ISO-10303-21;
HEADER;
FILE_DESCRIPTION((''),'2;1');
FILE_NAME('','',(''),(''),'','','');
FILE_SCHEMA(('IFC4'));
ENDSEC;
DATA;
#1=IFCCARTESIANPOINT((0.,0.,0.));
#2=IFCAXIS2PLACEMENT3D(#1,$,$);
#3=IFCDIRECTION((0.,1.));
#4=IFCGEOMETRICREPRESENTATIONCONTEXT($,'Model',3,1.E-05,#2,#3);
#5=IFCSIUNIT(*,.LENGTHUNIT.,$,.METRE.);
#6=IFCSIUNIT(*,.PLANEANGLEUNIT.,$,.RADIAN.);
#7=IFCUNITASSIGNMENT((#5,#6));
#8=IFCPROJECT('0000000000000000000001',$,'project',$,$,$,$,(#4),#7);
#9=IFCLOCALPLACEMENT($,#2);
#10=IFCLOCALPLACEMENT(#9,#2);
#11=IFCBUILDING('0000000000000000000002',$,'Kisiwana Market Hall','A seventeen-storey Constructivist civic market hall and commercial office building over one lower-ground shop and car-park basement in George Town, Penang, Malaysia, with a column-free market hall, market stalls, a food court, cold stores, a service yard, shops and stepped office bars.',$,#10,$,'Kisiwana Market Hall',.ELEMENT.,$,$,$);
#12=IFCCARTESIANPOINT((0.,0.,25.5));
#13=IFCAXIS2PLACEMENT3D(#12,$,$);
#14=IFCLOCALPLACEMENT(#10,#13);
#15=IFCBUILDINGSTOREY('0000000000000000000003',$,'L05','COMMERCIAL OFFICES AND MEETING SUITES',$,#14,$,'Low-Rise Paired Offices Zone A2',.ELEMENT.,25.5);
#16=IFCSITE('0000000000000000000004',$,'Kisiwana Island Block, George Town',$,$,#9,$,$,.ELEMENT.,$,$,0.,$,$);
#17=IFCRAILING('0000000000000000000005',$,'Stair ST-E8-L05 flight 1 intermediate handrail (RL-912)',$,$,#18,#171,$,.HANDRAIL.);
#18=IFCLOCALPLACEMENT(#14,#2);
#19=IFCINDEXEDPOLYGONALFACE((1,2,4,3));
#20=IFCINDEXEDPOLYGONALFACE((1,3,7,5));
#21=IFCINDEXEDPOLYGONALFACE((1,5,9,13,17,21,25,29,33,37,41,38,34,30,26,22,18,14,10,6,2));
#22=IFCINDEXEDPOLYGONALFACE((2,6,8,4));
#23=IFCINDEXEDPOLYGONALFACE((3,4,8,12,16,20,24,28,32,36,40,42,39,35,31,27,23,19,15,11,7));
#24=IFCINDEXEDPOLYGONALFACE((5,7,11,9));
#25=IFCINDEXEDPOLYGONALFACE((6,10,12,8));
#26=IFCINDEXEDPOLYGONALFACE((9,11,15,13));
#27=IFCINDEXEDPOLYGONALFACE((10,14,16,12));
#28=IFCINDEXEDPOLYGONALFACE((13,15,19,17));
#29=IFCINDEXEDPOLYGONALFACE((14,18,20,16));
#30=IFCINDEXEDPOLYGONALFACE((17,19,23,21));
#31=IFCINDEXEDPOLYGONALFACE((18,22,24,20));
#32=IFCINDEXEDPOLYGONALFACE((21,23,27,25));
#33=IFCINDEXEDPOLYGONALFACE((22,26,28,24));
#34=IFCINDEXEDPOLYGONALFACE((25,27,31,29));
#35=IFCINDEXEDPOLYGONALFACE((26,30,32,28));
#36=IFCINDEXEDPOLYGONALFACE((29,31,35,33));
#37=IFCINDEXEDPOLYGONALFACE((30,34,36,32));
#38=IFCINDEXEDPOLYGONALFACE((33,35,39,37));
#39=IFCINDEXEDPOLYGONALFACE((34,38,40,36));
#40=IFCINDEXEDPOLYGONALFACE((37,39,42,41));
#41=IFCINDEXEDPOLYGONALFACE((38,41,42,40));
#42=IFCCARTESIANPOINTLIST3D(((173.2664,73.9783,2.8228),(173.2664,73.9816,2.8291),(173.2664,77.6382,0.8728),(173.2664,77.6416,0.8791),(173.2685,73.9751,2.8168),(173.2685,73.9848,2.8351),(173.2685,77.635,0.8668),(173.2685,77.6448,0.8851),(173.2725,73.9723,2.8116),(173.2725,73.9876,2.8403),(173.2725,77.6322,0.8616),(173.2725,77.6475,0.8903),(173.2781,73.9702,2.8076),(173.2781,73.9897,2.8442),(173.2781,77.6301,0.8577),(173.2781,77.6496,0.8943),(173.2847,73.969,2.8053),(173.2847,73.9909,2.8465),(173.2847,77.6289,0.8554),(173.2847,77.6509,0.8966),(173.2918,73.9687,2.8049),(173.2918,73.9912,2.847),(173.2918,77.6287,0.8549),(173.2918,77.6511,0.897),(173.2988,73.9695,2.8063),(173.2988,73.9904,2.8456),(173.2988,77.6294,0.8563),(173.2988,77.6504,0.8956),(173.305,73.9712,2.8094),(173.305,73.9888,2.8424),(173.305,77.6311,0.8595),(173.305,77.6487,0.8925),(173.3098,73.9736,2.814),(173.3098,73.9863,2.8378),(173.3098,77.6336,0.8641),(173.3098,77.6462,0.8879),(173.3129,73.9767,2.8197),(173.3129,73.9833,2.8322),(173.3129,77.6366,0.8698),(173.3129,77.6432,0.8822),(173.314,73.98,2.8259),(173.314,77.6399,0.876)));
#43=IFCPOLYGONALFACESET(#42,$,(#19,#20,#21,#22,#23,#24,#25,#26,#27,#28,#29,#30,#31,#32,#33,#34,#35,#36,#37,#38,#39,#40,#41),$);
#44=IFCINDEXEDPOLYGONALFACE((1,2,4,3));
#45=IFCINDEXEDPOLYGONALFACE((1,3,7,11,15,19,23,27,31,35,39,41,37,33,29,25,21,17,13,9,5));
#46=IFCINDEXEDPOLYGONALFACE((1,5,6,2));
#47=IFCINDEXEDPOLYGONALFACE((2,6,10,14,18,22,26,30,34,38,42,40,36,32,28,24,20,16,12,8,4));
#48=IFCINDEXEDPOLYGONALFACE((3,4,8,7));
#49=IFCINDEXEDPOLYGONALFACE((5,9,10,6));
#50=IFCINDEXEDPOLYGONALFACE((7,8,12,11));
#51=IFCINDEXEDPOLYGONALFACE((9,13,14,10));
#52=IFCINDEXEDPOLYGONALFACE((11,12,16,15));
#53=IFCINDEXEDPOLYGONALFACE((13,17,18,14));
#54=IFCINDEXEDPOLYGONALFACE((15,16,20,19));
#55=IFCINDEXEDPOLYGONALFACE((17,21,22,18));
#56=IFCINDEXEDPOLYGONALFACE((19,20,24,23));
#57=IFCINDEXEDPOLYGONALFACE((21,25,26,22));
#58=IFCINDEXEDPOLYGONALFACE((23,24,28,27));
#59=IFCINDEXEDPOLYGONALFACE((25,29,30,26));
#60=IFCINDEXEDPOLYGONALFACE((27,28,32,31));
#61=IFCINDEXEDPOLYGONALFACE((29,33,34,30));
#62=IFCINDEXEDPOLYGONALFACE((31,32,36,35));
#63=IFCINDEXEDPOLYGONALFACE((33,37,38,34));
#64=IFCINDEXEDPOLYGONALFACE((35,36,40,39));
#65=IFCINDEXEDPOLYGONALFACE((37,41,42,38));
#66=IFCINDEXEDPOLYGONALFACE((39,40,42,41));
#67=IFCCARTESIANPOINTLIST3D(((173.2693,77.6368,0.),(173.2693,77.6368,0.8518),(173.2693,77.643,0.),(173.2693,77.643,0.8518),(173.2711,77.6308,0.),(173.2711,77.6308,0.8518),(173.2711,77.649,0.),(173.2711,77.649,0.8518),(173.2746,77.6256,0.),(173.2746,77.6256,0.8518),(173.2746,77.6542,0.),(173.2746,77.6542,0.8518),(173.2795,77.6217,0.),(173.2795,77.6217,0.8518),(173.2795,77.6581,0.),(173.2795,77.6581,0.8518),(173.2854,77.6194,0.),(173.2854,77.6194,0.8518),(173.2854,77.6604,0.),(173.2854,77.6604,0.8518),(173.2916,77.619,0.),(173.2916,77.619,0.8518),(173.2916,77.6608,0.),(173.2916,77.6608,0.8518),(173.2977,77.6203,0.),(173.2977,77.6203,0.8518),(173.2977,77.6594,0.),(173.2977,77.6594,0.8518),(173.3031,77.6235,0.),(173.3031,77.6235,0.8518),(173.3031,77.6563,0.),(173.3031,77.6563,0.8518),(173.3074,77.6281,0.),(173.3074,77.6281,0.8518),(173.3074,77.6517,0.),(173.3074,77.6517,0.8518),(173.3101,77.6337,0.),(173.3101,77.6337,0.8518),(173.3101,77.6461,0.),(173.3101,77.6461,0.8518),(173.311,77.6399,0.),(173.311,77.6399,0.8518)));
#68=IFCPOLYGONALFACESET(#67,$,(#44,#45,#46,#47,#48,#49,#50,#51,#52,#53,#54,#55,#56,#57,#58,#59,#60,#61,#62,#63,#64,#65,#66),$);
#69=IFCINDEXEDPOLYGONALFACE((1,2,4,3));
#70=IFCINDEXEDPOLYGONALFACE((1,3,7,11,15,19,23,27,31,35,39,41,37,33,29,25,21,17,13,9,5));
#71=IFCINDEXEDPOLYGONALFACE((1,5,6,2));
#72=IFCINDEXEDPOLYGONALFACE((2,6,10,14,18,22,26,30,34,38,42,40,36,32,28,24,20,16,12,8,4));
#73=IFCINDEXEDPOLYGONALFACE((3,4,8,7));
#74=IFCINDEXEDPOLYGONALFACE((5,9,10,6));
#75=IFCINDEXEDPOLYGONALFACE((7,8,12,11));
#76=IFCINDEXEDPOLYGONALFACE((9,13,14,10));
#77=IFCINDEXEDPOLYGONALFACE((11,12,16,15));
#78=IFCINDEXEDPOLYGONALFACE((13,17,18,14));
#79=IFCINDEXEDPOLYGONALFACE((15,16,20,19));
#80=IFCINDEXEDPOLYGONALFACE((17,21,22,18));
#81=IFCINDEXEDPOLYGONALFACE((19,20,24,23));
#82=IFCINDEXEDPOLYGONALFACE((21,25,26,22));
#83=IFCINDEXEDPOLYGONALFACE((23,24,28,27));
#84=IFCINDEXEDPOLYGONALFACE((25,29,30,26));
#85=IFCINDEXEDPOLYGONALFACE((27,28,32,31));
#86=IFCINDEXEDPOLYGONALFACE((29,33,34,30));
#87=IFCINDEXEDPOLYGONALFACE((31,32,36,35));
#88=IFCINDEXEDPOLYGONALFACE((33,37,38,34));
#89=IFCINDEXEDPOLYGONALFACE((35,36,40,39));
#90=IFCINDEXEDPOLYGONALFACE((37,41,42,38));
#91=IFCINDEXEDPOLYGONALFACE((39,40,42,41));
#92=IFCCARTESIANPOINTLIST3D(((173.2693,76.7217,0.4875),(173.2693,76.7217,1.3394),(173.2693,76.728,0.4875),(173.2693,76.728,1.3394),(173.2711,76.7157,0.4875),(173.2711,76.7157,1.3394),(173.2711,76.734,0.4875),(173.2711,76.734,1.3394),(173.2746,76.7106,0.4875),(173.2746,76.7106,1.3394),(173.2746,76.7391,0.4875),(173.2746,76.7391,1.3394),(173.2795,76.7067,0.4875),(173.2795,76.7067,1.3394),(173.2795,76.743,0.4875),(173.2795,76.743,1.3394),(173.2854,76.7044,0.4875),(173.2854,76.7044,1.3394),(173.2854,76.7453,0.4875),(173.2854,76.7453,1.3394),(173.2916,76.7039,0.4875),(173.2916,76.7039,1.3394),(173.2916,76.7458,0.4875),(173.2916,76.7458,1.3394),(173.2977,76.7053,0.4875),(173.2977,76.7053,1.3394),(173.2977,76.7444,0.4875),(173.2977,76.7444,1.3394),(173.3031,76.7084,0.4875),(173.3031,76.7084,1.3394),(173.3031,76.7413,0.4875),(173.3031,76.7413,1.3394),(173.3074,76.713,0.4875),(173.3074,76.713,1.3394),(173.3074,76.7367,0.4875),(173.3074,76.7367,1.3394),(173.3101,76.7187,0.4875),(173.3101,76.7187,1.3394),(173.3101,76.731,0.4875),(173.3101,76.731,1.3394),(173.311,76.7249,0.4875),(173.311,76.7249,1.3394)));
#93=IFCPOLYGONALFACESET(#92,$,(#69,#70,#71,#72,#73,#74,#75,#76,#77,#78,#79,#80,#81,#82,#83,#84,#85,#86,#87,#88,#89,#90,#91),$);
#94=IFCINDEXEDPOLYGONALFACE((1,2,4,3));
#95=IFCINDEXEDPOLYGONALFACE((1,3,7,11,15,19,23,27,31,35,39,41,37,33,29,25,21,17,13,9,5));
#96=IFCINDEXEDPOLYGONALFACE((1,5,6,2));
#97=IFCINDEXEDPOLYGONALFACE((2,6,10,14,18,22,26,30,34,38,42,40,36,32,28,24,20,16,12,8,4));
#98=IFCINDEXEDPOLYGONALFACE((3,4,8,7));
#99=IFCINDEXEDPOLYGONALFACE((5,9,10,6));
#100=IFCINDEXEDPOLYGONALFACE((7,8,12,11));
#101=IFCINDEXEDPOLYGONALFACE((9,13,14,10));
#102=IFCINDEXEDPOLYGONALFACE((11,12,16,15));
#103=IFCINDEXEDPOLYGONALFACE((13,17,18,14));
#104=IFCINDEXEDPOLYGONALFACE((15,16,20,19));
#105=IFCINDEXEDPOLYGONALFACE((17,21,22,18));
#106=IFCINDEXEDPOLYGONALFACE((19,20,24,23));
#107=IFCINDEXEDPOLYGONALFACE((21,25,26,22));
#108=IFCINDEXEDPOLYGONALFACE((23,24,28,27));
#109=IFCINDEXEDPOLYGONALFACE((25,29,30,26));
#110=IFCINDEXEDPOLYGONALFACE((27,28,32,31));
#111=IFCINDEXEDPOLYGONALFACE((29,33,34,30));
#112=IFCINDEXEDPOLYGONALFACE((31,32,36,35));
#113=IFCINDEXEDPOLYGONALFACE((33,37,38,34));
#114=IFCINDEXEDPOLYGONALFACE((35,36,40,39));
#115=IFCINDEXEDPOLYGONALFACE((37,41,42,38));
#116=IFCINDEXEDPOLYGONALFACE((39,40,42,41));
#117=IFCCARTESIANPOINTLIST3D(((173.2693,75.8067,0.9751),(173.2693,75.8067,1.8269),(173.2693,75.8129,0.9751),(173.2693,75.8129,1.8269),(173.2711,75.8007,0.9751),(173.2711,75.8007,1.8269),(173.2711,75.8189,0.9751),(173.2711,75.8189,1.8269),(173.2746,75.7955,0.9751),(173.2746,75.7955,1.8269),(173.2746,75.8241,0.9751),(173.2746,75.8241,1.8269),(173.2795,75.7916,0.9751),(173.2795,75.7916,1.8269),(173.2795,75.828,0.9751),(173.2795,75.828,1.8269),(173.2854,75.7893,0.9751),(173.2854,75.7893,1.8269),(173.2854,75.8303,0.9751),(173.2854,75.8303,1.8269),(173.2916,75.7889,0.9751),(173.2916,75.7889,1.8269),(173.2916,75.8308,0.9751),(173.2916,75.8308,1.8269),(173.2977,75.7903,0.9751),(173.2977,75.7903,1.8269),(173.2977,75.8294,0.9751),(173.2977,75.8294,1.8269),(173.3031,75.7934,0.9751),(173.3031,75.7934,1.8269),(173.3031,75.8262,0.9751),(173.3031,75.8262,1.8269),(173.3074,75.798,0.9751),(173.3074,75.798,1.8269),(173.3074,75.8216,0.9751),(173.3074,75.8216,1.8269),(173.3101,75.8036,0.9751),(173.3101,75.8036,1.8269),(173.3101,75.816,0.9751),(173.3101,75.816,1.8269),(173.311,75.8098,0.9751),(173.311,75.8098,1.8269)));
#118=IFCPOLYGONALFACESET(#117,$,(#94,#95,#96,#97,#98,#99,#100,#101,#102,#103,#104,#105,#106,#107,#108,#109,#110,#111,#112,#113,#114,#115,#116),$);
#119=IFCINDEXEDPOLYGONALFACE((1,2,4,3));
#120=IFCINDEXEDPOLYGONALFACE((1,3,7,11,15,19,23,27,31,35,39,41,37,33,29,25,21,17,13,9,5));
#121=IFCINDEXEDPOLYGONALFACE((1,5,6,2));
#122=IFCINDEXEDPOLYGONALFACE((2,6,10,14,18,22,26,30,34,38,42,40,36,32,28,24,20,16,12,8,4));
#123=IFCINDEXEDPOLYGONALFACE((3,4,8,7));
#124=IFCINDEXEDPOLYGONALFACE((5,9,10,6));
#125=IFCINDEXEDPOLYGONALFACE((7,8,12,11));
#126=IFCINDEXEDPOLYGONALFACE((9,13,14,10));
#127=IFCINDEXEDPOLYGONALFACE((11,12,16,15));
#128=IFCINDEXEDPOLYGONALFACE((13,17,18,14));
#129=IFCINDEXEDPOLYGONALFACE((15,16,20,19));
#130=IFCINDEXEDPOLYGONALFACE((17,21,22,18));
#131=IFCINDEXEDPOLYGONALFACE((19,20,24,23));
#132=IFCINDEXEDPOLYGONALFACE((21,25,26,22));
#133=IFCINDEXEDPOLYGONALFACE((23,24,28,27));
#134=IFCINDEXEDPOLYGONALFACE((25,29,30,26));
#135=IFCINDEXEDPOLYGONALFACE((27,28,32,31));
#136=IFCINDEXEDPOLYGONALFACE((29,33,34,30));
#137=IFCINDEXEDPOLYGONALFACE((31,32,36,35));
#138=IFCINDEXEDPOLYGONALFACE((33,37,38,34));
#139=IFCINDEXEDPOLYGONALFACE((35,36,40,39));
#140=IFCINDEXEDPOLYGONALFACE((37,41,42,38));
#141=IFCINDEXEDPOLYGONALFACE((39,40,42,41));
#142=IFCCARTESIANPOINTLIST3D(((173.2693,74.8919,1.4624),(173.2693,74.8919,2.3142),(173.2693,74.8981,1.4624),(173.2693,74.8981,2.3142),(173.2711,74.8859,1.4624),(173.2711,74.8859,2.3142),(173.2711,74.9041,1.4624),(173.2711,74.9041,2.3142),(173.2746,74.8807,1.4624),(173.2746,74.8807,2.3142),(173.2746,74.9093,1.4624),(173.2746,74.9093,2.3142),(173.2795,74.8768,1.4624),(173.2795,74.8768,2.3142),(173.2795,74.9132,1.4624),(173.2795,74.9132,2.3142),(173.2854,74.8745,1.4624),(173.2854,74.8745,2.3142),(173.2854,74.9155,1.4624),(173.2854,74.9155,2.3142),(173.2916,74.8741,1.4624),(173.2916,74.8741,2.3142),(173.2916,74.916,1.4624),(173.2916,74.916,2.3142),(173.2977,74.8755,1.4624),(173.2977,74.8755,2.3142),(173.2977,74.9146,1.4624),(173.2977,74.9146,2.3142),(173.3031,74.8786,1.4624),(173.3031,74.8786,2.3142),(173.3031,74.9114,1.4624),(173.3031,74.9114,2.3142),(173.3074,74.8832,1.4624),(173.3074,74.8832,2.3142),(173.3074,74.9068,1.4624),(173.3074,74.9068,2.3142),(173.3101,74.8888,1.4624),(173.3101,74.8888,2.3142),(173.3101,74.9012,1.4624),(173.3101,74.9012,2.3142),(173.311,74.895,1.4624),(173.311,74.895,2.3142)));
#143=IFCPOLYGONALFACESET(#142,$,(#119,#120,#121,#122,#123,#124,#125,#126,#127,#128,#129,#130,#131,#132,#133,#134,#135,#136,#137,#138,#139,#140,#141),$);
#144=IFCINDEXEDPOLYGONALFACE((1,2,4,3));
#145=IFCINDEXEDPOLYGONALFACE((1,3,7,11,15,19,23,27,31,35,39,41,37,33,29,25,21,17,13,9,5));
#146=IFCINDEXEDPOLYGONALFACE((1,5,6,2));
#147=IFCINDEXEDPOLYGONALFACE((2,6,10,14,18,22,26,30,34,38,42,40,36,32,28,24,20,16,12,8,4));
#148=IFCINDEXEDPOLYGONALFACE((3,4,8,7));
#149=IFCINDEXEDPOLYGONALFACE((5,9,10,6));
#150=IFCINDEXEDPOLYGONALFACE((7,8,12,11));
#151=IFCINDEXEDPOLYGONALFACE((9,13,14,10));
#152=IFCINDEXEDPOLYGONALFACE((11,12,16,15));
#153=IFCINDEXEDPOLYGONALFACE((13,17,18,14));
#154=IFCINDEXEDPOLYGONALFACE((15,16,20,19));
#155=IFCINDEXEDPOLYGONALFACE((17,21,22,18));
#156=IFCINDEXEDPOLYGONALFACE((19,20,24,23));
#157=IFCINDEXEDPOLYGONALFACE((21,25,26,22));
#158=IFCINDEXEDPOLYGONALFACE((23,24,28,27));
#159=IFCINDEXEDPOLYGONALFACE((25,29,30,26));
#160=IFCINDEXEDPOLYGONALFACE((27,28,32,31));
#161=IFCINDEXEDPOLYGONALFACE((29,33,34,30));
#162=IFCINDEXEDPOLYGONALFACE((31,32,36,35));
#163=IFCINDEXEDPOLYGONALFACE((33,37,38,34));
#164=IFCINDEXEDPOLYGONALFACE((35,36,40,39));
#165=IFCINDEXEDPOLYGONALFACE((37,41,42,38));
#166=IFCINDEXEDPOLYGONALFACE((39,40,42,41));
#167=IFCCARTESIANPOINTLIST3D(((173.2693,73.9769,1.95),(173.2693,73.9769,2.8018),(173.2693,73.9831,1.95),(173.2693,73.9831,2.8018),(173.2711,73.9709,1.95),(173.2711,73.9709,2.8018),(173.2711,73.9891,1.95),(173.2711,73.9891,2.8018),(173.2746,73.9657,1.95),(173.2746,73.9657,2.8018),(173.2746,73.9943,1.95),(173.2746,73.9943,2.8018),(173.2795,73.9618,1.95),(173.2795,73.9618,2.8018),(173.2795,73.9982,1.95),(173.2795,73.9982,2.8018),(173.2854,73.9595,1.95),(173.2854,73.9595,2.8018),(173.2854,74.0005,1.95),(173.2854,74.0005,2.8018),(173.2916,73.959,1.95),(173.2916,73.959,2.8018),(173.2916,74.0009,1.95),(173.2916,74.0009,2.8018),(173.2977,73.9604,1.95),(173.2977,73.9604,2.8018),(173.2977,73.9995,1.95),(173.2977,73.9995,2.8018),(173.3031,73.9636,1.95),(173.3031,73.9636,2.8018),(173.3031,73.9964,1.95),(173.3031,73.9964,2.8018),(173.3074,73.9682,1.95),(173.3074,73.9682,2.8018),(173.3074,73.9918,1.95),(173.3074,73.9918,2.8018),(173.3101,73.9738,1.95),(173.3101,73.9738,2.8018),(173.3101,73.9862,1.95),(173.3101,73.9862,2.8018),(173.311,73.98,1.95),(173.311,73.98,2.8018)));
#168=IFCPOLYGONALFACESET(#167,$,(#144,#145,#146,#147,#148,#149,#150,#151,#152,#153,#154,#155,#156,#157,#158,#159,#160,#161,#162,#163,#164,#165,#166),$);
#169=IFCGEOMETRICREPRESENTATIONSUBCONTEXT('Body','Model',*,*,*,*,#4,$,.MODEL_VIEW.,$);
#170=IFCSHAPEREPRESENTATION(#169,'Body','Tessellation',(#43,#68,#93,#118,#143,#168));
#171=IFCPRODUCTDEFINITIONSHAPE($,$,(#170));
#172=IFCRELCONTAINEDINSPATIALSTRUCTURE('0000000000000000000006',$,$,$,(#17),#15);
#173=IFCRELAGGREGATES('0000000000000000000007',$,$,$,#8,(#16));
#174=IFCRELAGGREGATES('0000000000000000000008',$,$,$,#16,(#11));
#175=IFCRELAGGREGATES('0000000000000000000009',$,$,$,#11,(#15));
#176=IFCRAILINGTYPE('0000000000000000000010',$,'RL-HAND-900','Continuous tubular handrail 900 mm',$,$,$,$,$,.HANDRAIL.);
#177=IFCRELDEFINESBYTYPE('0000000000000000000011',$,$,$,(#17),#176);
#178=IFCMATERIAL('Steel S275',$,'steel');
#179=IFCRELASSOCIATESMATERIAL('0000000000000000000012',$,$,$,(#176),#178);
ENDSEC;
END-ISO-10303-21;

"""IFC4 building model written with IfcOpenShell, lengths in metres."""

from ifc_helpers import new_model, si_unit, direction, frame, origin, origin_2d, place, context, subcontext, project, spatial, circle, extrude, material, type_object, element, save


model = new_model("IFC4")

# Units and contexts
model_context = context("Model", 3, precision=1e-05, world=origin(), true_north=direction((0.0, 1.0)))
body_context = subcontext(model_context, "Body", "Model", "MODEL_VIEW")
ifc_project = project(units=[si_unit("LENGTHUNIT", "METRE"), si_unit("PLANEANGLEUNIT", "RADIAN")], contexts=[model_context])

# Site, building, storey
site_placement = place(None, origin())
site = spatial("IfcSite", under=ifc_project, at=site_placement, Name="Kisiwana Island Block, George Town", CompositionType="ELEMENT", RefElevation=0.0)
building_placement = place(site_placement, origin())
building = spatial("IfcBuilding", under=site, at=building_placement, Name="Kisiwana Market Hall", Description="A seventeen-storey Constructivist civic market hall and commercial office building over one lower-ground shop and car-park basement in George Town, Penang, Malaysia, with a column-free market hall, market stalls, a food court, cold stores, a service yard, shops and stepped office bars.", LongName="Kisiwana Market Hall", CompositionType="ELEMENT")
storey_placement = place(building_placement, frame((0.0, 0.0, 25.5)))
storey = spatial("IfcBuildingStorey", under=building, at=storey_placement, Name="L05", Description="COMMERCIAL OFFICES AND MEETING SUITES", LongName="Low-Rise Paired Offices Zone A2", CompositionType="ELEMENT", Elevation=25.5)

# Railing
ifc_material_1 = material(Name="Steel S275", Category="steel")
railing_type_1 = type_object("IfcRailingType", Name="RL-HAND-900", Description="Continuous tubular handrail 900 mm", PredefinedType="HANDRAIL", material=ifc_material_1)
for number, where, name in (
    (1, (173.29, 77.6399, 0.0), "Stair ST-E8-L05 flight 1 intermediate handrail (RL-912)"),
):
    element("IfcRailing", number, at=place(storey_placement, frame(where)), inside=storey, type_object=railing_type_1, Name=name, PredefinedType="HANDRAIL", context=body_context, shape_type="SweptSolid", body=[
        extrude(circle(Radius=0.0239, at=origin_2d()), frame((0.0, 0.0, 0.876), z_axis=(0.0, -0.882553, 0.470212), x_axis=(1.0, 0.0, 0.0)), (0.0, 0.0, 1.0), 4.147),
        extrude(circle(Radius=0.021, at=origin_2d()), origin(), (0.0, 0.0, 1.0), 0.8518),
        extrude(circle(Radius=0.021, at=origin_2d()), frame((0.0, -0.915, 0.4875)), (0.0, 0.0, 1.0), 0.8518),
        extrude(circle(Radius=0.021, at=origin_2d()), frame((0.0, -1.8301, 0.9751)), (0.0, 0.0, 1.0), 0.8518),
        extrude(circle(Radius=0.021, at=origin_2d()), frame((0.0, -2.7449, 1.4624)), (0.0, 0.0, 1.0), 0.8518),
        extrude(circle(Radius=0.021, at=origin_2d()), frame((0.0, -3.6599, 1.95)), (0.0, 0.0, 1.0), 0.8518),
    ])

save(model, "model.ifc")
